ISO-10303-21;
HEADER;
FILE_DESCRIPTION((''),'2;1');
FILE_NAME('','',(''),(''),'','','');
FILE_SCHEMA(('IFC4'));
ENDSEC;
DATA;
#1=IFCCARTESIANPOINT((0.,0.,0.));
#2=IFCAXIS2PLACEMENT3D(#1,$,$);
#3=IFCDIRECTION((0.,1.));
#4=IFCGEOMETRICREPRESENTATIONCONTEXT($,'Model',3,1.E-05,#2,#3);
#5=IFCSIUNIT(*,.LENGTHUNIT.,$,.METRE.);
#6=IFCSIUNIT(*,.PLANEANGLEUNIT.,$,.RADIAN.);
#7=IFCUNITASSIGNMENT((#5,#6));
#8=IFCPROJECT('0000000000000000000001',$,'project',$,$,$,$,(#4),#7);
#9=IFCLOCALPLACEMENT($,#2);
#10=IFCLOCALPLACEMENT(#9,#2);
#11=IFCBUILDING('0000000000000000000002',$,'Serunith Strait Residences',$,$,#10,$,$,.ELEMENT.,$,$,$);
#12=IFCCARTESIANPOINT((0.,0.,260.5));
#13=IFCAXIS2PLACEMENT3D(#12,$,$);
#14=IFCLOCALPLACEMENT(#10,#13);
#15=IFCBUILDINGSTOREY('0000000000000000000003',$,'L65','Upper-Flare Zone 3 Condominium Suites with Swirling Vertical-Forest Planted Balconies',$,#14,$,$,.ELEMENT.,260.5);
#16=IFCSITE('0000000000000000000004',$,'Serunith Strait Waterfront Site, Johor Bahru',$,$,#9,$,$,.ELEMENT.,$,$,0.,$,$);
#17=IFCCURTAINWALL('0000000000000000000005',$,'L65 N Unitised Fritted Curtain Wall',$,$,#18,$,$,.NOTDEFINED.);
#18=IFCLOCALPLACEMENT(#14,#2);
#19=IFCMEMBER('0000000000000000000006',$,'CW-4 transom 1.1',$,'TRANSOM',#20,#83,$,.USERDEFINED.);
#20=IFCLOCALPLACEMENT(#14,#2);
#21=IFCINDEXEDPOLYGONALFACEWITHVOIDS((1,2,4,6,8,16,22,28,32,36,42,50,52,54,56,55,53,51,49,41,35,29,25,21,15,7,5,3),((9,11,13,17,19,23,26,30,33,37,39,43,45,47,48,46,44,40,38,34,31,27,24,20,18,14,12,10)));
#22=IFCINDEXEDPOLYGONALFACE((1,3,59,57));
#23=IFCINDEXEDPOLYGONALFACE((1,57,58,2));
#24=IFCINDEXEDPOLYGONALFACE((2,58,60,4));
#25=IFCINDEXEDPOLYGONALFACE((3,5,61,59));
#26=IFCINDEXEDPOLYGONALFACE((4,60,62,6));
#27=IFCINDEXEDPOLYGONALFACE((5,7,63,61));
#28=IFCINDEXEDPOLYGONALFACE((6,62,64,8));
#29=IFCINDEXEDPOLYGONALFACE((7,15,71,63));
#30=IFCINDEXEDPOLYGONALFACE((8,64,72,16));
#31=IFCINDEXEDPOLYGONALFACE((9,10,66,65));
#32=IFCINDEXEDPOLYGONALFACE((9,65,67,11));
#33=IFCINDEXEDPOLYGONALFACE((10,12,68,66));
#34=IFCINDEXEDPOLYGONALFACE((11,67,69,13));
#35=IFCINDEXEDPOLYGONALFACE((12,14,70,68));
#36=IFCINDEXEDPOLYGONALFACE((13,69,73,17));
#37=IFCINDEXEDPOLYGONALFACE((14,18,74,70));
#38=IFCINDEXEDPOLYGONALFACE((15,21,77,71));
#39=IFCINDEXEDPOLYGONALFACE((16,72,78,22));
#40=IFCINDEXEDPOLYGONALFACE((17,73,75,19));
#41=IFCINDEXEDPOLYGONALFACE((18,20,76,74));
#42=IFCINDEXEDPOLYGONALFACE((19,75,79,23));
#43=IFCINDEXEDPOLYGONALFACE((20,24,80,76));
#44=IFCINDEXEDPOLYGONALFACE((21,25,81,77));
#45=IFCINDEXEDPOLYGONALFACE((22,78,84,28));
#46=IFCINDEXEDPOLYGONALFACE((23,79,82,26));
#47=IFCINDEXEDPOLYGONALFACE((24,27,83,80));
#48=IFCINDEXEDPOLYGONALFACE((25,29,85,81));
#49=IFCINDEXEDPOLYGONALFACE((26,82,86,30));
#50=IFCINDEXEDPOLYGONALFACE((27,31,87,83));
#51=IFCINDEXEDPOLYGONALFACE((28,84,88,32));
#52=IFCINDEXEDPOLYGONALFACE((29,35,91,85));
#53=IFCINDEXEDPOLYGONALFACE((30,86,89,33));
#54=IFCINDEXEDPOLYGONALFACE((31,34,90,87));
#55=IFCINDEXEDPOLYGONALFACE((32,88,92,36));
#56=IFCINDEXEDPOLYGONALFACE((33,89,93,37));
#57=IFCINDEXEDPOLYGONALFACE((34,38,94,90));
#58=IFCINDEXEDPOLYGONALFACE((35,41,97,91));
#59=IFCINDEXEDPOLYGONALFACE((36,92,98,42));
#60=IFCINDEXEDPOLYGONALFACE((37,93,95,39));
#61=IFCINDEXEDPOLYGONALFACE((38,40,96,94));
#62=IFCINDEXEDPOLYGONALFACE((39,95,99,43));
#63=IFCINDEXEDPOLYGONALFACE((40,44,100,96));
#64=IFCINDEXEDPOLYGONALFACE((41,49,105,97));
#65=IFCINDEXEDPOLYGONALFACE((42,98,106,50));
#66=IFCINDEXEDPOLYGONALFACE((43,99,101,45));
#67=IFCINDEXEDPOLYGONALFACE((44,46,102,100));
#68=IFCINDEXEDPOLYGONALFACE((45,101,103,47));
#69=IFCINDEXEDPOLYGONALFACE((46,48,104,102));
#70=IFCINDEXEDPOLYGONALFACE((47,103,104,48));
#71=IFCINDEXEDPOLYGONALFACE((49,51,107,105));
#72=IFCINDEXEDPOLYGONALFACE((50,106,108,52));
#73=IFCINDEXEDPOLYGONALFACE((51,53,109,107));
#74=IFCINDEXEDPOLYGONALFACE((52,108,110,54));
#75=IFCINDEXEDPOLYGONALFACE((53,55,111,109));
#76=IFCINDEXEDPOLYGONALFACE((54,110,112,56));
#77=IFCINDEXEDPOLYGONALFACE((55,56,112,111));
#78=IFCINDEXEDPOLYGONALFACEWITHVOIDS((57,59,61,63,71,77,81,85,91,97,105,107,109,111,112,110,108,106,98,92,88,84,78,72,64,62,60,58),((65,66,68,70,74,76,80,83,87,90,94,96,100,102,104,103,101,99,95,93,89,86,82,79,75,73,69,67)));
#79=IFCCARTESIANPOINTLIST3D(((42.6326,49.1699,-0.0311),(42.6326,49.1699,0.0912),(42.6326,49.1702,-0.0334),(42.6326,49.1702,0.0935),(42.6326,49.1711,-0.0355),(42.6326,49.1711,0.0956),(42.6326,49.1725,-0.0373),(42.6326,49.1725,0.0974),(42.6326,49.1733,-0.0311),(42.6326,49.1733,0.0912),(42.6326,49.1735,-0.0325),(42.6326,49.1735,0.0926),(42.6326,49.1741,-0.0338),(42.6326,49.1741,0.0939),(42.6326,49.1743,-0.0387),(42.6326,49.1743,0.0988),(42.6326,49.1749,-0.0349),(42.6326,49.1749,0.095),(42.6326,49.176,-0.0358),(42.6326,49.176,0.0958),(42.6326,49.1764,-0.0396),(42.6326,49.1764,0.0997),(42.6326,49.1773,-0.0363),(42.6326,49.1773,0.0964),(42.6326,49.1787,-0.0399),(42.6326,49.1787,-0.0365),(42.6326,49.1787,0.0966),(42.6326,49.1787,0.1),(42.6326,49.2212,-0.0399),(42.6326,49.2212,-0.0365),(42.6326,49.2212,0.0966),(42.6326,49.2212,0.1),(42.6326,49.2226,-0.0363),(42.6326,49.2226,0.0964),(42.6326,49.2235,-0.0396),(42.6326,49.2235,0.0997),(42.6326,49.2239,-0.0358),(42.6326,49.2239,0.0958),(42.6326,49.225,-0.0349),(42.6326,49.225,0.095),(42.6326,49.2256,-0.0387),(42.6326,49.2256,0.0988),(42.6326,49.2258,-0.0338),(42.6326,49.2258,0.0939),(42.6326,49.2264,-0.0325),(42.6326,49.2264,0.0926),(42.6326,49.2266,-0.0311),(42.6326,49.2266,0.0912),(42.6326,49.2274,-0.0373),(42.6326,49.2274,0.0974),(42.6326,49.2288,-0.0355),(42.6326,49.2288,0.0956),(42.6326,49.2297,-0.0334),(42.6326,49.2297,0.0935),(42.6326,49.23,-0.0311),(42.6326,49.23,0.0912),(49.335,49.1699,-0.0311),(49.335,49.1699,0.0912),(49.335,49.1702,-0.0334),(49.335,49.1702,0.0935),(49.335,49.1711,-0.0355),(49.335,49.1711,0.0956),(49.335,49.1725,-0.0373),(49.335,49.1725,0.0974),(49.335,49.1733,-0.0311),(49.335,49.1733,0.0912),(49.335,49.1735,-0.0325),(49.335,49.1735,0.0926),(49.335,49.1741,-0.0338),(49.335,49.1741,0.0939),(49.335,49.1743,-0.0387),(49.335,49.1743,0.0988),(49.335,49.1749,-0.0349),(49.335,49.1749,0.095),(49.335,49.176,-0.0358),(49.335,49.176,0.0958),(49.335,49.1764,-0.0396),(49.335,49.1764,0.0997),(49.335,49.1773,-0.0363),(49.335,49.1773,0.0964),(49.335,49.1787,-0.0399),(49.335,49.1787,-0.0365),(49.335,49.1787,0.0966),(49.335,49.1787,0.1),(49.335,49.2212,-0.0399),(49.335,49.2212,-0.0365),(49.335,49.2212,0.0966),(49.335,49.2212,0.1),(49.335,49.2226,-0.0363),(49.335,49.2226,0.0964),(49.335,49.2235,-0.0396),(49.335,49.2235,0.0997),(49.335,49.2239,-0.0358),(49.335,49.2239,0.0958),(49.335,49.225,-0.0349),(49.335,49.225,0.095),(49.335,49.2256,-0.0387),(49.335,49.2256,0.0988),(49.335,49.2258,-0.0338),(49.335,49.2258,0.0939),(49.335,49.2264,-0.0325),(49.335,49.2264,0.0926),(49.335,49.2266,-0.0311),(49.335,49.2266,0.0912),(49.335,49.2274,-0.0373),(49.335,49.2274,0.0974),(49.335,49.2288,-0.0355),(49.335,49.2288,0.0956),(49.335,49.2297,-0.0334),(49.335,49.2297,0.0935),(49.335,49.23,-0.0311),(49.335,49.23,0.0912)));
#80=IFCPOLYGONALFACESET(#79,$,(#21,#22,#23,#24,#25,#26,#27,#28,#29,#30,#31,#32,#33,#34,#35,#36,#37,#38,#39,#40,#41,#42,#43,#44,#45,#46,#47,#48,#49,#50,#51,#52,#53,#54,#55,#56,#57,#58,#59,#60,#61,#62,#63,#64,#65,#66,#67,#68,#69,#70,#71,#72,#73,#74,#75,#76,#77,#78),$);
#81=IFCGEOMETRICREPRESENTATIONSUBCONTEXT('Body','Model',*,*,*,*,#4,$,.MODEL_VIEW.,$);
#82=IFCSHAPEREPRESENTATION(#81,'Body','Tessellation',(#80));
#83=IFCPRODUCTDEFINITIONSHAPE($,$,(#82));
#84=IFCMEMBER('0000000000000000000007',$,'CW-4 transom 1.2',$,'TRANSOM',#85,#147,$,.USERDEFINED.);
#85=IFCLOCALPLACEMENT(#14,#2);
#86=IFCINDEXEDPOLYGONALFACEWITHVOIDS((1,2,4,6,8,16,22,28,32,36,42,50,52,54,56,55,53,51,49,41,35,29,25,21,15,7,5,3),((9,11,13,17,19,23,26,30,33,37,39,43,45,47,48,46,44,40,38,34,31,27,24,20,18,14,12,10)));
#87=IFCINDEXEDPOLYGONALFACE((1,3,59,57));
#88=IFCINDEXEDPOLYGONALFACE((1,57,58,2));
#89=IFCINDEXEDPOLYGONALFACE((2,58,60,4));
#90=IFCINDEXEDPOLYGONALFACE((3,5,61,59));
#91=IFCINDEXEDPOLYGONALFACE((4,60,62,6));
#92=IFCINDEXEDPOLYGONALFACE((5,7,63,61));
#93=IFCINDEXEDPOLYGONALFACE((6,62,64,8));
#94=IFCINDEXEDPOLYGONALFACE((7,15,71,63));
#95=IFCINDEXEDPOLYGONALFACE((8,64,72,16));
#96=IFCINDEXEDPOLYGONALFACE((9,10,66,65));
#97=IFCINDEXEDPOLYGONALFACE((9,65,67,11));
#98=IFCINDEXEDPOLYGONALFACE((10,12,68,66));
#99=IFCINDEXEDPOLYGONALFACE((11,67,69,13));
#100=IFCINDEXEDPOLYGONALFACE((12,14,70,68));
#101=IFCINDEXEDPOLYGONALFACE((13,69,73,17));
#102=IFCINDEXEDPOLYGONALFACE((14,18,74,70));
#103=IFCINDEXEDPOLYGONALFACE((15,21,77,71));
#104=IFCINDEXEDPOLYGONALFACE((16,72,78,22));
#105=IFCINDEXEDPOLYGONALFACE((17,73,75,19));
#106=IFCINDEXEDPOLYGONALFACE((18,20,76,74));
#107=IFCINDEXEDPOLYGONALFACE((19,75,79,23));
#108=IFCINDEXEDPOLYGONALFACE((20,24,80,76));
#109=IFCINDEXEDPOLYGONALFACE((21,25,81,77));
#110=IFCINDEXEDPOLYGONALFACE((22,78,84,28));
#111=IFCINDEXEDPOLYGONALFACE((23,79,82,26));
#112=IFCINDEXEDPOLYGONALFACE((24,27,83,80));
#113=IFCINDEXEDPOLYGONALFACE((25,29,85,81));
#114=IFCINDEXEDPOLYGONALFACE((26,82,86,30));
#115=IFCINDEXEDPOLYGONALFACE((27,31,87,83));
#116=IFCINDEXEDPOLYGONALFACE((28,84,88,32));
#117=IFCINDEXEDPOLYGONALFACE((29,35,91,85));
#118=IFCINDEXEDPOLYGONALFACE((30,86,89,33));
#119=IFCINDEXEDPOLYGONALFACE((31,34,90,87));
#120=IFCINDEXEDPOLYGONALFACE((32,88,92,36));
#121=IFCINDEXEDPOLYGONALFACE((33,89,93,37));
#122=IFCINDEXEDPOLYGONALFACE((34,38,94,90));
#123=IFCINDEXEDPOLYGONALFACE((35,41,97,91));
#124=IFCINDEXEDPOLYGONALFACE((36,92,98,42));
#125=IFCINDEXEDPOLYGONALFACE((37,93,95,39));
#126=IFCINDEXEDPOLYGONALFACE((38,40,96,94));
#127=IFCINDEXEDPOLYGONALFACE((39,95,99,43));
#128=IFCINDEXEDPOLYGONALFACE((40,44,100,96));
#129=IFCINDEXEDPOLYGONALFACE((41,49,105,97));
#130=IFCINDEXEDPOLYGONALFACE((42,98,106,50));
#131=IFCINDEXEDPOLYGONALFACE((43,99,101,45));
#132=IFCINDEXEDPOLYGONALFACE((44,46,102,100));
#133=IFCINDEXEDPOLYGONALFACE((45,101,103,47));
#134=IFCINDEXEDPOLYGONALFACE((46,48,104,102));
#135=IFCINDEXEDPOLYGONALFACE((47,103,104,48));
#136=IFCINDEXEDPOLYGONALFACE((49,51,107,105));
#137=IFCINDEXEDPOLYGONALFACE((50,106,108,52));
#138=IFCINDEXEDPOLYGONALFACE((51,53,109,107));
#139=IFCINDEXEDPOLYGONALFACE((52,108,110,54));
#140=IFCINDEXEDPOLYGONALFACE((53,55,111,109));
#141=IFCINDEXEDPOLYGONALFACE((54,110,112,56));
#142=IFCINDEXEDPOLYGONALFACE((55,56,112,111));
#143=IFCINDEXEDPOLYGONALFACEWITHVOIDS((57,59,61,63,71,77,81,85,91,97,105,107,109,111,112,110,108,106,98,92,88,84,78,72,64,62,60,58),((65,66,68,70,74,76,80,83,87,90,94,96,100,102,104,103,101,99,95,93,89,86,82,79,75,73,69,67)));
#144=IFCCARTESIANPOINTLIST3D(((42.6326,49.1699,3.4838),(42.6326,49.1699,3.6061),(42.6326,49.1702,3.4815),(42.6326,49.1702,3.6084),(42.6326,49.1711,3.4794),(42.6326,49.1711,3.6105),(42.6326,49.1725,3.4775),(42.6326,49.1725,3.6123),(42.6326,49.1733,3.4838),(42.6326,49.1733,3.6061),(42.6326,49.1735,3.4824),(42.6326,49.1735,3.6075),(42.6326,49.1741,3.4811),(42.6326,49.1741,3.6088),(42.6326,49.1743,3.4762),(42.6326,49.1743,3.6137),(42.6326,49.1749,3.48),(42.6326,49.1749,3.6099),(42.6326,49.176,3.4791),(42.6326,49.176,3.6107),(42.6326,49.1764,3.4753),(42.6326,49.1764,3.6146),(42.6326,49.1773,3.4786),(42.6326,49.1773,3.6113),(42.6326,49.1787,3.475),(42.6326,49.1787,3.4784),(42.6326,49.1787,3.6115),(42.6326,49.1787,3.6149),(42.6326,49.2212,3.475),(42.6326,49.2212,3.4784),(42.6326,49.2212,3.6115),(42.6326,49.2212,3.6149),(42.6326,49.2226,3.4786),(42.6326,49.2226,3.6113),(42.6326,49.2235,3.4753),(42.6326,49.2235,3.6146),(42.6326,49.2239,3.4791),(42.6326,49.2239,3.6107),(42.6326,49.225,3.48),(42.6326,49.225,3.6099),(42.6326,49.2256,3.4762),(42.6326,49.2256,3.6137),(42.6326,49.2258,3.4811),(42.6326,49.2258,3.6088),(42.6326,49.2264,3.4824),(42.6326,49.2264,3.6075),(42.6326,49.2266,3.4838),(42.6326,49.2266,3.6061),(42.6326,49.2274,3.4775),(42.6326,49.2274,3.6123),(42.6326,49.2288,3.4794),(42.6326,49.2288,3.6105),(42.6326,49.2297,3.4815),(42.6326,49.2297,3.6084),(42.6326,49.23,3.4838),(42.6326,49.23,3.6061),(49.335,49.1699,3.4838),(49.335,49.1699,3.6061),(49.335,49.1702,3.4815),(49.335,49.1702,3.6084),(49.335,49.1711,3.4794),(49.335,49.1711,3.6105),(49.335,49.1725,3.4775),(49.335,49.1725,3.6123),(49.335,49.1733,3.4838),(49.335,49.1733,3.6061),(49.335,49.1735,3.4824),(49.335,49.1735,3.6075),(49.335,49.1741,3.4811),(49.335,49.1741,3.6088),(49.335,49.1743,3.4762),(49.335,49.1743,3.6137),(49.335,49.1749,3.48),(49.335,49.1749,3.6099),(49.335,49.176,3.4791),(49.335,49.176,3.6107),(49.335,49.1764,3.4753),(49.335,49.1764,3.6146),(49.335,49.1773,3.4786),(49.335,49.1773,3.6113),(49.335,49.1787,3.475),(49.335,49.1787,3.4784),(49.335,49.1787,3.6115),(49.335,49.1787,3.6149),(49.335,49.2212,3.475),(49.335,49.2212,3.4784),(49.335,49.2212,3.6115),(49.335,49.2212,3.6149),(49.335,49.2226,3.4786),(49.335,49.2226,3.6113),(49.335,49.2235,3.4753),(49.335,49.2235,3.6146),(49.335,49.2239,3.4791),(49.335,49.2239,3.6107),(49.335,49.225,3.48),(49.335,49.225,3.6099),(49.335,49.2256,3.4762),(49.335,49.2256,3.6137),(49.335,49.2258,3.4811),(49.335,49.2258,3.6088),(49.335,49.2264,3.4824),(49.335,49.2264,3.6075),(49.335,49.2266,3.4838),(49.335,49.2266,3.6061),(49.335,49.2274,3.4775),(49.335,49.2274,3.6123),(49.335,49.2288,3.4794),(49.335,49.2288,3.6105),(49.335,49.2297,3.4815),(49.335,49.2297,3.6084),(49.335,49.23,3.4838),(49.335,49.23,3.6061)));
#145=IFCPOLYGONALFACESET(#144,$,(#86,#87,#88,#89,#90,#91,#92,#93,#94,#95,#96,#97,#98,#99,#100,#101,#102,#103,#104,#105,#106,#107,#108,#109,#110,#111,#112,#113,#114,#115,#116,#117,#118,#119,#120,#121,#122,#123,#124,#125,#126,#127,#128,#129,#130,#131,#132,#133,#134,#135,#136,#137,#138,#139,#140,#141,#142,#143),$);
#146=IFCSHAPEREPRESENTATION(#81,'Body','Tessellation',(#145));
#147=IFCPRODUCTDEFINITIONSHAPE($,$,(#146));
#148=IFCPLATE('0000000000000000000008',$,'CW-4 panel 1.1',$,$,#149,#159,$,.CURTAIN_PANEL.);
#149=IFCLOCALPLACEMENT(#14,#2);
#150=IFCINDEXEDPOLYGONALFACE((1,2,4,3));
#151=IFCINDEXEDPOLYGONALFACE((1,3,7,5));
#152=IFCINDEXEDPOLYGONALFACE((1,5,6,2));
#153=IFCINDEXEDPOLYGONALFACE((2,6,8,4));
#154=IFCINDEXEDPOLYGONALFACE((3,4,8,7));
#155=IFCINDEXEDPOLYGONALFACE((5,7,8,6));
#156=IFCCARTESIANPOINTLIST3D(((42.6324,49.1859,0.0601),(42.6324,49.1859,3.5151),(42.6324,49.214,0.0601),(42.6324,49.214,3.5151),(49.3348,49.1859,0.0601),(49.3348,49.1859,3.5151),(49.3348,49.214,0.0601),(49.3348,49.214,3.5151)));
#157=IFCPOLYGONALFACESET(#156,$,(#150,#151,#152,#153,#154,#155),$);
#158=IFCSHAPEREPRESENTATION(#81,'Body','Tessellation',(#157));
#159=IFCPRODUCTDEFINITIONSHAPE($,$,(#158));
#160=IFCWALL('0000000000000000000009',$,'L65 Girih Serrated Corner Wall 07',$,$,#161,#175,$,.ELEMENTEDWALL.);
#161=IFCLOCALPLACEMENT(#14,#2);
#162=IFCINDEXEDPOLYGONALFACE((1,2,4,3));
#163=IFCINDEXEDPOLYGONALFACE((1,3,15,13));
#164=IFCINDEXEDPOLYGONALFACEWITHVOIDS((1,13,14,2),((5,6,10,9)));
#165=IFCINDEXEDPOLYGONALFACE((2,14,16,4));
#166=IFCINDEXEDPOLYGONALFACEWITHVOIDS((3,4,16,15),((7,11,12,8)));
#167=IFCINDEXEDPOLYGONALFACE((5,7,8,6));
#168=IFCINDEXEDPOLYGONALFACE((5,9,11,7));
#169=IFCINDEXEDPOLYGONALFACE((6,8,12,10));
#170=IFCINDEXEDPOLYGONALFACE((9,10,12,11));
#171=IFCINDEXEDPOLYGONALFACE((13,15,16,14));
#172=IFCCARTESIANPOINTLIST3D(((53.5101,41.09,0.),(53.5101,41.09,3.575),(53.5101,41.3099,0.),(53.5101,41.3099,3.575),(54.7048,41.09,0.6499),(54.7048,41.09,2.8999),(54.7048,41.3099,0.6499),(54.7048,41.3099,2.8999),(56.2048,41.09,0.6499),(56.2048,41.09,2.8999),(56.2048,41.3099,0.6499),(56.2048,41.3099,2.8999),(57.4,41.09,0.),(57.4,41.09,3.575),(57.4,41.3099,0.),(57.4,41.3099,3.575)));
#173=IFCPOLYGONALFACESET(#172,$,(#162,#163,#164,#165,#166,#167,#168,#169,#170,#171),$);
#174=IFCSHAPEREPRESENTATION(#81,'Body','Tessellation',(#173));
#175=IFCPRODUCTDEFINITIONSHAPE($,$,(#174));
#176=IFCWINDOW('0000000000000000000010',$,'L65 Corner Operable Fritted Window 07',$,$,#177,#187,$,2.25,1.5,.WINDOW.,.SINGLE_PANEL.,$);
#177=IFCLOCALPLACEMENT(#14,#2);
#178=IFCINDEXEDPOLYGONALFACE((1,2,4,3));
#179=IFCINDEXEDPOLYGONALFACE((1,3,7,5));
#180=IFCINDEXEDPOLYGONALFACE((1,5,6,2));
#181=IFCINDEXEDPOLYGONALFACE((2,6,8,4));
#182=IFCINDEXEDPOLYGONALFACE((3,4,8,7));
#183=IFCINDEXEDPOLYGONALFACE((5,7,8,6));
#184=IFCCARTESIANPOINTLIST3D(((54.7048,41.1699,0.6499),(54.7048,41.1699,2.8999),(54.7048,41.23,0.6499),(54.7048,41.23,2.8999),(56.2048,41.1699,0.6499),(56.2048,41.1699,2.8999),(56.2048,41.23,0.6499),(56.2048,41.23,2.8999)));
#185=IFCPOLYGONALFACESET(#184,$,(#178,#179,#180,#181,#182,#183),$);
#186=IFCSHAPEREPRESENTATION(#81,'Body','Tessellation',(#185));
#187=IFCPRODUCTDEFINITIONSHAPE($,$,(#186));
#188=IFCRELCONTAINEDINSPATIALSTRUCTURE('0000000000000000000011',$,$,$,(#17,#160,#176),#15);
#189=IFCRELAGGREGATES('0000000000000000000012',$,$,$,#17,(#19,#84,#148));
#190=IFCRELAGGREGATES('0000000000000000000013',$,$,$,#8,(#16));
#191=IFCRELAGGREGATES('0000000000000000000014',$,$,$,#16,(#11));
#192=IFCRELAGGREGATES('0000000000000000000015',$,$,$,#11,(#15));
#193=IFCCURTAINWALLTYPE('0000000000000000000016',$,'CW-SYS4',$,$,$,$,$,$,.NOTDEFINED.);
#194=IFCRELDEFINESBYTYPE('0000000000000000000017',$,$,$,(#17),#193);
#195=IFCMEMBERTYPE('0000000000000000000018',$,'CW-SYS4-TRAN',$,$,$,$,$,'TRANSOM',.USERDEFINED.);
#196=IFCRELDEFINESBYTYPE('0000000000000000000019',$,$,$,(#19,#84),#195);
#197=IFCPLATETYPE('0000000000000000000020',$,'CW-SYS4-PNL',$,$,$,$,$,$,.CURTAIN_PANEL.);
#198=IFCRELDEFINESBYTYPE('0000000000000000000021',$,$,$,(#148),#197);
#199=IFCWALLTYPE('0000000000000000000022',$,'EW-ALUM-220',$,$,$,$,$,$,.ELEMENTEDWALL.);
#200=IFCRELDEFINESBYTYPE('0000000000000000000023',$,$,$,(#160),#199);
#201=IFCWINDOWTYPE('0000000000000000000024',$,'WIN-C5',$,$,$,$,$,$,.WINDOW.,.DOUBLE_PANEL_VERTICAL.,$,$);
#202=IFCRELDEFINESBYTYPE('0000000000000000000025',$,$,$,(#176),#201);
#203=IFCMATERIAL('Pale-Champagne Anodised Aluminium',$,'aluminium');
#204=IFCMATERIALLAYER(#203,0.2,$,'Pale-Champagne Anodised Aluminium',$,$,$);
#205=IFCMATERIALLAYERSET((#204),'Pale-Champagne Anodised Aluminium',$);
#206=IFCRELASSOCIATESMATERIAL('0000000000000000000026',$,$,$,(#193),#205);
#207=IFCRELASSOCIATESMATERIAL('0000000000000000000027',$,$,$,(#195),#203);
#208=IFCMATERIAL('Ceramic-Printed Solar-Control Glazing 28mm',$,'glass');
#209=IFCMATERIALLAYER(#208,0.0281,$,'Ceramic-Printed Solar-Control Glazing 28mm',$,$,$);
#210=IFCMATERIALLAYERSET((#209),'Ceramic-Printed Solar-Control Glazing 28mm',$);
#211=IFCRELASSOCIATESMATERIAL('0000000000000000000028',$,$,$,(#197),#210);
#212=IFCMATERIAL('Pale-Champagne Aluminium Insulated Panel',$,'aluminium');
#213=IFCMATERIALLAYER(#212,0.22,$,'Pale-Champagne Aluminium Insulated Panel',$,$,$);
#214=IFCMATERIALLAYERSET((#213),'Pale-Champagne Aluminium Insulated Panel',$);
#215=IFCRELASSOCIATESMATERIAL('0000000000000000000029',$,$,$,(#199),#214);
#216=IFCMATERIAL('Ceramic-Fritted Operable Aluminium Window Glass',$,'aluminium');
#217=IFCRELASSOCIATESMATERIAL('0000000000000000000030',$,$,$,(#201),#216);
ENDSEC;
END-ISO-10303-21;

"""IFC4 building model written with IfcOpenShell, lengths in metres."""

from ifc_helpers import new_model, si_unit, direction, frame, frame_2d, origin, origin_2d, place, context, subcontext, project, spatial, rectangle, hollow_rectangle, extrude, source, transform, mapped, material, layer, layer_set, material_profile, profile_set, type_object, element, fill, aggregate, save


model = new_model("IFC4")

# Units and contexts
model_context = context("Model", 3, precision=1e-05, world=origin(), true_north=direction((0.0, 1.0)))
body_context = subcontext(model_context, "Body", "Model", "MODEL_VIEW")
ifc_project = project(units=[si_unit("LENGTHUNIT", "METRE"), si_unit("PLANEANGLEUNIT", "RADIAN")], contexts=[model_context])

# Site, building, storey
site_placement = place(None, origin())
site = spatial("IfcSite", under=ifc_project, at=site_placement, Name="Serunith Strait Waterfront Site, Johor Bahru", CompositionType="ELEMENT", RefElevation=0.0)
building_placement = place(site_placement, origin())
building = spatial("IfcBuilding", under=site, at=building_placement, Name="Serunith Strait Residences", CompositionType="ELEMENT")
storey_placement = place(building_placement, frame((0.0, 0.0, 260.5)))
storey = spatial("IfcBuildingStorey", under=building, at=storey_placement, Name="L65", Description="Upper-Flare Zone 3 Condominium Suites with Swirling Vertical-Forest Planted Balconies", CompositionType="ELEMENT", Elevation=260.5)

# Shared definitions
ifc_material_1 = material(Name="Pale-Champagne Anodised Aluminium", Category="aluminium")
ifc_layer_1 = layer(ifc_material_1, 0.2, Name="Pale-Champagne Anodised Aluminium")
ifc_layer_set_1 = layer_set([ifc_layer_1], Name="Pale-Champagne Anodised Aluminium")
curtain_wall_type = type_object("IfcCurtainWallType", Name="CW-SYS4", PredefinedType="NOTDEFINED", material=ifc_layer_set_1)

# Curtain wall, members, plate
curtain_wall_1_placement = place(storey_placement, origin())
curtain_wall_1 = element("IfcCurtainWall", 1, at=curtain_wall_1_placement, inside=storey, type_object=curtain_wall_type, Name="L65 N Unitised Fritted Curtain Wall", PredefinedType="NOTDEFINED")
ifc_material_profile_1 = material_profile(ifc_material_1, hollow_rectangle(XDim=0.0601, YDim=0.1399, WallThickness=0.0034, InnerFilletRadius=0.0054, OuterFilletRadius=0.0088, at=origin_2d()), Name="ALU 140x60x3.5")
ifc_profile_set_1 = profile_set([ifc_material_profile_1], Name="Pale-Champagne Anodised Aluminium")
member_type_1 = type_object("IfcMemberType", Name="CW-SYS4-TRAN", ElementType="TRANSOM", PredefinedType="USERDEFINED", material=ifc_profile_set_1)
shared_shape_1 = source(origin(), body_context, "Body", "SweptSolid", [
    extrude(hollow_rectangle(XDim=0.0601, YDim=0.1399, WallThickness=0.0034, InnerFilletRadius=0.0054, OuterFilletRadius=0.0088, at=origin_2d()), origin(), (0.0, 0.0, 1.0), 6.7024),
])
member_1_placement = place(storey_placement, frame((49.335, 49.2, 0.03), z_axis=(-1.0, 0.0, 0.0), x_axis=(0.0, -1.0, 0.0)))
member_1 = element("IfcMember", 2, at=member_1_placement, type_object=member_type_1, Name="CW-4 transom 1.1", ObjectType="TRANSOM", PredefinedType="USERDEFINED", context=body_context, shape_type="MappedRepresentation", body=[
    mapped(shared_shape_1, transform((0.0, 0.0, 0.0), scale=1.0)),
])
member_2_placement = place(storey_placement, frame((49.335, 49.2, 3.5449), z_axis=(-1.0, 0.0, 0.0), x_axis=(0.0, -1.0, 0.0)))
member_2 = element("IfcMember", 3, at=member_2_placement, type_object=member_type_1, Name="CW-4 transom 1.2", ObjectType="TRANSOM", PredefinedType="USERDEFINED", context=body_context, shape_type="MappedRepresentation", body=[
    mapped(shared_shape_1, transform((0.0, 0.0, 0.0), scale=1.0)),
])
ifc_material_2 = material(Name="Ceramic-Printed Solar-Control Glazing 28mm", Category="glass")
ifc_layer_2 = layer(ifc_material_2, 0.0281, Name="Ceramic-Printed Solar-Control Glazing 28mm")
ifc_layer_set_2 = layer_set([ifc_layer_2], Name="Ceramic-Printed Solar-Control Glazing 28mm")
plate_type = type_object("IfcPlateType", Name="CW-SYS4-PNL", PredefinedType="CURTAIN_PANEL", material=ifc_layer_set_2)
shared_shape_2 = source(origin(), body_context, "Body", "SweptSolid", [
    extrude(rectangle(XDim=6.7024, YDim=0.0281, at=origin_2d()), origin(), (0.0, 0.0, 1.0), 3.4551),
])
plate_placement = place(storey_placement, frame((45.9836, 49.2, 0.0601), z_axis=(0.0, 0.0, 1.0), x_axis=(-1.0, 0.0, 0.0)))
plate = element("IfcPlate", 4, at=plate_placement, type_object=plate_type, Name="CW-4 panel 1.1", PredefinedType="CURTAIN_PANEL", context=body_context, shape_type="MappedRepresentation", body=[
    mapped(shared_shape_2, transform((0.0, 0.0, 0.0), scale=1.0)),
])
aggregate(curtain_wall_1, [member_1, member_2, plate])

# Wall, opening, window
ifc_material_3 = material(Name="Pale-Champagne Aluminium Insulated Panel", Category="aluminium")
ifc_layer_3 = layer(ifc_material_3, 0.22, Name="Pale-Champagne Aluminium Insulated Panel")
ifc_layer_set_3 = layer_set([ifc_layer_3], Name="Pale-Champagne Aluminium Insulated Panel")
wall_type_1 = type_object("IfcWallType", Name="EW-ALUM-220", PredefinedType="ELEMENTEDWALL", material=ifc_layer_set_3)
wall_1_placement = place(storey_placement, frame((57.3999, 41.2, 0.0), z_axis=(0.0, 0.0, 1.0), x_axis=(-1.0, 0.0, 0.0)))
wall_1 = element("IfcWall", 5, at=wall_1_placement, inside=storey, type_object=wall_type_1, Name="L65 Girih Serrated Corner Wall 07", PredefinedType="ELEMENTEDWALL", context=body_context, shape_type="SweptSolid", body=[
    extrude(rectangle(XDim=3.8899, YDim=0.22, at=frame_2d((1.9448, 0.0))), origin(), (0.0, 0.0, 1.0), 3.575),
])
opening_1_placement = place(wall_1_placement, frame((1.1951, 0.0, 0.6499)))
opening_1 = element("IfcOpeningElement", 6, at=opening_1_placement, cuts=wall_1, PredefinedType="OPENING", context=body_context, shape_type="SweptSolid", body=[
    extrude(rectangle(XDim=1.5, YDim=2.25, at=frame_2d((0.75, 1.125))), frame((0.0, 0.1201, 0.0), z_axis=(0.0, -1.0, 0.0), x_axis=(1.0, 0.0, 0.0)), (0.0, 0.0, 1.0), 0.24),
])
ifc_material_4 = material(Name="Ceramic-Fritted Operable Aluminium Window Glass", Category="aluminium")
window_type = type_object("IfcWindowType", Name="WIN-C5", PartitioningType="DOUBLE_PANEL_VERTICAL", PredefinedType="WINDOW", material=ifc_material_4)
shared_shape_3 = source(origin(), body_context, "Body", "SweptSolid", [
    extrude(rectangle(XDim=1.5, YDim=2.25, at=frame_2d((0.75, 1.125))), frame((0.0, 0.03, 0.0), z_axis=(0.0, -1.0, 0.0), x_axis=(1.0, 0.0, 0.0)), (0.0, 0.0, 1.0), 0.0601),
])
window_1_placement = place(opening_1_placement, origin())
window_1 = element("IfcWindow", 7, at=window_1_placement, inside=storey, type_object=window_type, Name="L65 Corner Operable Fritted Window 07", OverallHeight=2.25, OverallWidth=1.5, PartitioningType="SINGLE_PANEL", PredefinedType="WINDOW", context=body_context, shape_type="MappedRepresentation", body=[
    mapped(shared_shape_3, transform((0.0, 0.0, 0.0), scale=1.0)),
])
fill(opening_1, window_1)

save(model, "model.ifc")
